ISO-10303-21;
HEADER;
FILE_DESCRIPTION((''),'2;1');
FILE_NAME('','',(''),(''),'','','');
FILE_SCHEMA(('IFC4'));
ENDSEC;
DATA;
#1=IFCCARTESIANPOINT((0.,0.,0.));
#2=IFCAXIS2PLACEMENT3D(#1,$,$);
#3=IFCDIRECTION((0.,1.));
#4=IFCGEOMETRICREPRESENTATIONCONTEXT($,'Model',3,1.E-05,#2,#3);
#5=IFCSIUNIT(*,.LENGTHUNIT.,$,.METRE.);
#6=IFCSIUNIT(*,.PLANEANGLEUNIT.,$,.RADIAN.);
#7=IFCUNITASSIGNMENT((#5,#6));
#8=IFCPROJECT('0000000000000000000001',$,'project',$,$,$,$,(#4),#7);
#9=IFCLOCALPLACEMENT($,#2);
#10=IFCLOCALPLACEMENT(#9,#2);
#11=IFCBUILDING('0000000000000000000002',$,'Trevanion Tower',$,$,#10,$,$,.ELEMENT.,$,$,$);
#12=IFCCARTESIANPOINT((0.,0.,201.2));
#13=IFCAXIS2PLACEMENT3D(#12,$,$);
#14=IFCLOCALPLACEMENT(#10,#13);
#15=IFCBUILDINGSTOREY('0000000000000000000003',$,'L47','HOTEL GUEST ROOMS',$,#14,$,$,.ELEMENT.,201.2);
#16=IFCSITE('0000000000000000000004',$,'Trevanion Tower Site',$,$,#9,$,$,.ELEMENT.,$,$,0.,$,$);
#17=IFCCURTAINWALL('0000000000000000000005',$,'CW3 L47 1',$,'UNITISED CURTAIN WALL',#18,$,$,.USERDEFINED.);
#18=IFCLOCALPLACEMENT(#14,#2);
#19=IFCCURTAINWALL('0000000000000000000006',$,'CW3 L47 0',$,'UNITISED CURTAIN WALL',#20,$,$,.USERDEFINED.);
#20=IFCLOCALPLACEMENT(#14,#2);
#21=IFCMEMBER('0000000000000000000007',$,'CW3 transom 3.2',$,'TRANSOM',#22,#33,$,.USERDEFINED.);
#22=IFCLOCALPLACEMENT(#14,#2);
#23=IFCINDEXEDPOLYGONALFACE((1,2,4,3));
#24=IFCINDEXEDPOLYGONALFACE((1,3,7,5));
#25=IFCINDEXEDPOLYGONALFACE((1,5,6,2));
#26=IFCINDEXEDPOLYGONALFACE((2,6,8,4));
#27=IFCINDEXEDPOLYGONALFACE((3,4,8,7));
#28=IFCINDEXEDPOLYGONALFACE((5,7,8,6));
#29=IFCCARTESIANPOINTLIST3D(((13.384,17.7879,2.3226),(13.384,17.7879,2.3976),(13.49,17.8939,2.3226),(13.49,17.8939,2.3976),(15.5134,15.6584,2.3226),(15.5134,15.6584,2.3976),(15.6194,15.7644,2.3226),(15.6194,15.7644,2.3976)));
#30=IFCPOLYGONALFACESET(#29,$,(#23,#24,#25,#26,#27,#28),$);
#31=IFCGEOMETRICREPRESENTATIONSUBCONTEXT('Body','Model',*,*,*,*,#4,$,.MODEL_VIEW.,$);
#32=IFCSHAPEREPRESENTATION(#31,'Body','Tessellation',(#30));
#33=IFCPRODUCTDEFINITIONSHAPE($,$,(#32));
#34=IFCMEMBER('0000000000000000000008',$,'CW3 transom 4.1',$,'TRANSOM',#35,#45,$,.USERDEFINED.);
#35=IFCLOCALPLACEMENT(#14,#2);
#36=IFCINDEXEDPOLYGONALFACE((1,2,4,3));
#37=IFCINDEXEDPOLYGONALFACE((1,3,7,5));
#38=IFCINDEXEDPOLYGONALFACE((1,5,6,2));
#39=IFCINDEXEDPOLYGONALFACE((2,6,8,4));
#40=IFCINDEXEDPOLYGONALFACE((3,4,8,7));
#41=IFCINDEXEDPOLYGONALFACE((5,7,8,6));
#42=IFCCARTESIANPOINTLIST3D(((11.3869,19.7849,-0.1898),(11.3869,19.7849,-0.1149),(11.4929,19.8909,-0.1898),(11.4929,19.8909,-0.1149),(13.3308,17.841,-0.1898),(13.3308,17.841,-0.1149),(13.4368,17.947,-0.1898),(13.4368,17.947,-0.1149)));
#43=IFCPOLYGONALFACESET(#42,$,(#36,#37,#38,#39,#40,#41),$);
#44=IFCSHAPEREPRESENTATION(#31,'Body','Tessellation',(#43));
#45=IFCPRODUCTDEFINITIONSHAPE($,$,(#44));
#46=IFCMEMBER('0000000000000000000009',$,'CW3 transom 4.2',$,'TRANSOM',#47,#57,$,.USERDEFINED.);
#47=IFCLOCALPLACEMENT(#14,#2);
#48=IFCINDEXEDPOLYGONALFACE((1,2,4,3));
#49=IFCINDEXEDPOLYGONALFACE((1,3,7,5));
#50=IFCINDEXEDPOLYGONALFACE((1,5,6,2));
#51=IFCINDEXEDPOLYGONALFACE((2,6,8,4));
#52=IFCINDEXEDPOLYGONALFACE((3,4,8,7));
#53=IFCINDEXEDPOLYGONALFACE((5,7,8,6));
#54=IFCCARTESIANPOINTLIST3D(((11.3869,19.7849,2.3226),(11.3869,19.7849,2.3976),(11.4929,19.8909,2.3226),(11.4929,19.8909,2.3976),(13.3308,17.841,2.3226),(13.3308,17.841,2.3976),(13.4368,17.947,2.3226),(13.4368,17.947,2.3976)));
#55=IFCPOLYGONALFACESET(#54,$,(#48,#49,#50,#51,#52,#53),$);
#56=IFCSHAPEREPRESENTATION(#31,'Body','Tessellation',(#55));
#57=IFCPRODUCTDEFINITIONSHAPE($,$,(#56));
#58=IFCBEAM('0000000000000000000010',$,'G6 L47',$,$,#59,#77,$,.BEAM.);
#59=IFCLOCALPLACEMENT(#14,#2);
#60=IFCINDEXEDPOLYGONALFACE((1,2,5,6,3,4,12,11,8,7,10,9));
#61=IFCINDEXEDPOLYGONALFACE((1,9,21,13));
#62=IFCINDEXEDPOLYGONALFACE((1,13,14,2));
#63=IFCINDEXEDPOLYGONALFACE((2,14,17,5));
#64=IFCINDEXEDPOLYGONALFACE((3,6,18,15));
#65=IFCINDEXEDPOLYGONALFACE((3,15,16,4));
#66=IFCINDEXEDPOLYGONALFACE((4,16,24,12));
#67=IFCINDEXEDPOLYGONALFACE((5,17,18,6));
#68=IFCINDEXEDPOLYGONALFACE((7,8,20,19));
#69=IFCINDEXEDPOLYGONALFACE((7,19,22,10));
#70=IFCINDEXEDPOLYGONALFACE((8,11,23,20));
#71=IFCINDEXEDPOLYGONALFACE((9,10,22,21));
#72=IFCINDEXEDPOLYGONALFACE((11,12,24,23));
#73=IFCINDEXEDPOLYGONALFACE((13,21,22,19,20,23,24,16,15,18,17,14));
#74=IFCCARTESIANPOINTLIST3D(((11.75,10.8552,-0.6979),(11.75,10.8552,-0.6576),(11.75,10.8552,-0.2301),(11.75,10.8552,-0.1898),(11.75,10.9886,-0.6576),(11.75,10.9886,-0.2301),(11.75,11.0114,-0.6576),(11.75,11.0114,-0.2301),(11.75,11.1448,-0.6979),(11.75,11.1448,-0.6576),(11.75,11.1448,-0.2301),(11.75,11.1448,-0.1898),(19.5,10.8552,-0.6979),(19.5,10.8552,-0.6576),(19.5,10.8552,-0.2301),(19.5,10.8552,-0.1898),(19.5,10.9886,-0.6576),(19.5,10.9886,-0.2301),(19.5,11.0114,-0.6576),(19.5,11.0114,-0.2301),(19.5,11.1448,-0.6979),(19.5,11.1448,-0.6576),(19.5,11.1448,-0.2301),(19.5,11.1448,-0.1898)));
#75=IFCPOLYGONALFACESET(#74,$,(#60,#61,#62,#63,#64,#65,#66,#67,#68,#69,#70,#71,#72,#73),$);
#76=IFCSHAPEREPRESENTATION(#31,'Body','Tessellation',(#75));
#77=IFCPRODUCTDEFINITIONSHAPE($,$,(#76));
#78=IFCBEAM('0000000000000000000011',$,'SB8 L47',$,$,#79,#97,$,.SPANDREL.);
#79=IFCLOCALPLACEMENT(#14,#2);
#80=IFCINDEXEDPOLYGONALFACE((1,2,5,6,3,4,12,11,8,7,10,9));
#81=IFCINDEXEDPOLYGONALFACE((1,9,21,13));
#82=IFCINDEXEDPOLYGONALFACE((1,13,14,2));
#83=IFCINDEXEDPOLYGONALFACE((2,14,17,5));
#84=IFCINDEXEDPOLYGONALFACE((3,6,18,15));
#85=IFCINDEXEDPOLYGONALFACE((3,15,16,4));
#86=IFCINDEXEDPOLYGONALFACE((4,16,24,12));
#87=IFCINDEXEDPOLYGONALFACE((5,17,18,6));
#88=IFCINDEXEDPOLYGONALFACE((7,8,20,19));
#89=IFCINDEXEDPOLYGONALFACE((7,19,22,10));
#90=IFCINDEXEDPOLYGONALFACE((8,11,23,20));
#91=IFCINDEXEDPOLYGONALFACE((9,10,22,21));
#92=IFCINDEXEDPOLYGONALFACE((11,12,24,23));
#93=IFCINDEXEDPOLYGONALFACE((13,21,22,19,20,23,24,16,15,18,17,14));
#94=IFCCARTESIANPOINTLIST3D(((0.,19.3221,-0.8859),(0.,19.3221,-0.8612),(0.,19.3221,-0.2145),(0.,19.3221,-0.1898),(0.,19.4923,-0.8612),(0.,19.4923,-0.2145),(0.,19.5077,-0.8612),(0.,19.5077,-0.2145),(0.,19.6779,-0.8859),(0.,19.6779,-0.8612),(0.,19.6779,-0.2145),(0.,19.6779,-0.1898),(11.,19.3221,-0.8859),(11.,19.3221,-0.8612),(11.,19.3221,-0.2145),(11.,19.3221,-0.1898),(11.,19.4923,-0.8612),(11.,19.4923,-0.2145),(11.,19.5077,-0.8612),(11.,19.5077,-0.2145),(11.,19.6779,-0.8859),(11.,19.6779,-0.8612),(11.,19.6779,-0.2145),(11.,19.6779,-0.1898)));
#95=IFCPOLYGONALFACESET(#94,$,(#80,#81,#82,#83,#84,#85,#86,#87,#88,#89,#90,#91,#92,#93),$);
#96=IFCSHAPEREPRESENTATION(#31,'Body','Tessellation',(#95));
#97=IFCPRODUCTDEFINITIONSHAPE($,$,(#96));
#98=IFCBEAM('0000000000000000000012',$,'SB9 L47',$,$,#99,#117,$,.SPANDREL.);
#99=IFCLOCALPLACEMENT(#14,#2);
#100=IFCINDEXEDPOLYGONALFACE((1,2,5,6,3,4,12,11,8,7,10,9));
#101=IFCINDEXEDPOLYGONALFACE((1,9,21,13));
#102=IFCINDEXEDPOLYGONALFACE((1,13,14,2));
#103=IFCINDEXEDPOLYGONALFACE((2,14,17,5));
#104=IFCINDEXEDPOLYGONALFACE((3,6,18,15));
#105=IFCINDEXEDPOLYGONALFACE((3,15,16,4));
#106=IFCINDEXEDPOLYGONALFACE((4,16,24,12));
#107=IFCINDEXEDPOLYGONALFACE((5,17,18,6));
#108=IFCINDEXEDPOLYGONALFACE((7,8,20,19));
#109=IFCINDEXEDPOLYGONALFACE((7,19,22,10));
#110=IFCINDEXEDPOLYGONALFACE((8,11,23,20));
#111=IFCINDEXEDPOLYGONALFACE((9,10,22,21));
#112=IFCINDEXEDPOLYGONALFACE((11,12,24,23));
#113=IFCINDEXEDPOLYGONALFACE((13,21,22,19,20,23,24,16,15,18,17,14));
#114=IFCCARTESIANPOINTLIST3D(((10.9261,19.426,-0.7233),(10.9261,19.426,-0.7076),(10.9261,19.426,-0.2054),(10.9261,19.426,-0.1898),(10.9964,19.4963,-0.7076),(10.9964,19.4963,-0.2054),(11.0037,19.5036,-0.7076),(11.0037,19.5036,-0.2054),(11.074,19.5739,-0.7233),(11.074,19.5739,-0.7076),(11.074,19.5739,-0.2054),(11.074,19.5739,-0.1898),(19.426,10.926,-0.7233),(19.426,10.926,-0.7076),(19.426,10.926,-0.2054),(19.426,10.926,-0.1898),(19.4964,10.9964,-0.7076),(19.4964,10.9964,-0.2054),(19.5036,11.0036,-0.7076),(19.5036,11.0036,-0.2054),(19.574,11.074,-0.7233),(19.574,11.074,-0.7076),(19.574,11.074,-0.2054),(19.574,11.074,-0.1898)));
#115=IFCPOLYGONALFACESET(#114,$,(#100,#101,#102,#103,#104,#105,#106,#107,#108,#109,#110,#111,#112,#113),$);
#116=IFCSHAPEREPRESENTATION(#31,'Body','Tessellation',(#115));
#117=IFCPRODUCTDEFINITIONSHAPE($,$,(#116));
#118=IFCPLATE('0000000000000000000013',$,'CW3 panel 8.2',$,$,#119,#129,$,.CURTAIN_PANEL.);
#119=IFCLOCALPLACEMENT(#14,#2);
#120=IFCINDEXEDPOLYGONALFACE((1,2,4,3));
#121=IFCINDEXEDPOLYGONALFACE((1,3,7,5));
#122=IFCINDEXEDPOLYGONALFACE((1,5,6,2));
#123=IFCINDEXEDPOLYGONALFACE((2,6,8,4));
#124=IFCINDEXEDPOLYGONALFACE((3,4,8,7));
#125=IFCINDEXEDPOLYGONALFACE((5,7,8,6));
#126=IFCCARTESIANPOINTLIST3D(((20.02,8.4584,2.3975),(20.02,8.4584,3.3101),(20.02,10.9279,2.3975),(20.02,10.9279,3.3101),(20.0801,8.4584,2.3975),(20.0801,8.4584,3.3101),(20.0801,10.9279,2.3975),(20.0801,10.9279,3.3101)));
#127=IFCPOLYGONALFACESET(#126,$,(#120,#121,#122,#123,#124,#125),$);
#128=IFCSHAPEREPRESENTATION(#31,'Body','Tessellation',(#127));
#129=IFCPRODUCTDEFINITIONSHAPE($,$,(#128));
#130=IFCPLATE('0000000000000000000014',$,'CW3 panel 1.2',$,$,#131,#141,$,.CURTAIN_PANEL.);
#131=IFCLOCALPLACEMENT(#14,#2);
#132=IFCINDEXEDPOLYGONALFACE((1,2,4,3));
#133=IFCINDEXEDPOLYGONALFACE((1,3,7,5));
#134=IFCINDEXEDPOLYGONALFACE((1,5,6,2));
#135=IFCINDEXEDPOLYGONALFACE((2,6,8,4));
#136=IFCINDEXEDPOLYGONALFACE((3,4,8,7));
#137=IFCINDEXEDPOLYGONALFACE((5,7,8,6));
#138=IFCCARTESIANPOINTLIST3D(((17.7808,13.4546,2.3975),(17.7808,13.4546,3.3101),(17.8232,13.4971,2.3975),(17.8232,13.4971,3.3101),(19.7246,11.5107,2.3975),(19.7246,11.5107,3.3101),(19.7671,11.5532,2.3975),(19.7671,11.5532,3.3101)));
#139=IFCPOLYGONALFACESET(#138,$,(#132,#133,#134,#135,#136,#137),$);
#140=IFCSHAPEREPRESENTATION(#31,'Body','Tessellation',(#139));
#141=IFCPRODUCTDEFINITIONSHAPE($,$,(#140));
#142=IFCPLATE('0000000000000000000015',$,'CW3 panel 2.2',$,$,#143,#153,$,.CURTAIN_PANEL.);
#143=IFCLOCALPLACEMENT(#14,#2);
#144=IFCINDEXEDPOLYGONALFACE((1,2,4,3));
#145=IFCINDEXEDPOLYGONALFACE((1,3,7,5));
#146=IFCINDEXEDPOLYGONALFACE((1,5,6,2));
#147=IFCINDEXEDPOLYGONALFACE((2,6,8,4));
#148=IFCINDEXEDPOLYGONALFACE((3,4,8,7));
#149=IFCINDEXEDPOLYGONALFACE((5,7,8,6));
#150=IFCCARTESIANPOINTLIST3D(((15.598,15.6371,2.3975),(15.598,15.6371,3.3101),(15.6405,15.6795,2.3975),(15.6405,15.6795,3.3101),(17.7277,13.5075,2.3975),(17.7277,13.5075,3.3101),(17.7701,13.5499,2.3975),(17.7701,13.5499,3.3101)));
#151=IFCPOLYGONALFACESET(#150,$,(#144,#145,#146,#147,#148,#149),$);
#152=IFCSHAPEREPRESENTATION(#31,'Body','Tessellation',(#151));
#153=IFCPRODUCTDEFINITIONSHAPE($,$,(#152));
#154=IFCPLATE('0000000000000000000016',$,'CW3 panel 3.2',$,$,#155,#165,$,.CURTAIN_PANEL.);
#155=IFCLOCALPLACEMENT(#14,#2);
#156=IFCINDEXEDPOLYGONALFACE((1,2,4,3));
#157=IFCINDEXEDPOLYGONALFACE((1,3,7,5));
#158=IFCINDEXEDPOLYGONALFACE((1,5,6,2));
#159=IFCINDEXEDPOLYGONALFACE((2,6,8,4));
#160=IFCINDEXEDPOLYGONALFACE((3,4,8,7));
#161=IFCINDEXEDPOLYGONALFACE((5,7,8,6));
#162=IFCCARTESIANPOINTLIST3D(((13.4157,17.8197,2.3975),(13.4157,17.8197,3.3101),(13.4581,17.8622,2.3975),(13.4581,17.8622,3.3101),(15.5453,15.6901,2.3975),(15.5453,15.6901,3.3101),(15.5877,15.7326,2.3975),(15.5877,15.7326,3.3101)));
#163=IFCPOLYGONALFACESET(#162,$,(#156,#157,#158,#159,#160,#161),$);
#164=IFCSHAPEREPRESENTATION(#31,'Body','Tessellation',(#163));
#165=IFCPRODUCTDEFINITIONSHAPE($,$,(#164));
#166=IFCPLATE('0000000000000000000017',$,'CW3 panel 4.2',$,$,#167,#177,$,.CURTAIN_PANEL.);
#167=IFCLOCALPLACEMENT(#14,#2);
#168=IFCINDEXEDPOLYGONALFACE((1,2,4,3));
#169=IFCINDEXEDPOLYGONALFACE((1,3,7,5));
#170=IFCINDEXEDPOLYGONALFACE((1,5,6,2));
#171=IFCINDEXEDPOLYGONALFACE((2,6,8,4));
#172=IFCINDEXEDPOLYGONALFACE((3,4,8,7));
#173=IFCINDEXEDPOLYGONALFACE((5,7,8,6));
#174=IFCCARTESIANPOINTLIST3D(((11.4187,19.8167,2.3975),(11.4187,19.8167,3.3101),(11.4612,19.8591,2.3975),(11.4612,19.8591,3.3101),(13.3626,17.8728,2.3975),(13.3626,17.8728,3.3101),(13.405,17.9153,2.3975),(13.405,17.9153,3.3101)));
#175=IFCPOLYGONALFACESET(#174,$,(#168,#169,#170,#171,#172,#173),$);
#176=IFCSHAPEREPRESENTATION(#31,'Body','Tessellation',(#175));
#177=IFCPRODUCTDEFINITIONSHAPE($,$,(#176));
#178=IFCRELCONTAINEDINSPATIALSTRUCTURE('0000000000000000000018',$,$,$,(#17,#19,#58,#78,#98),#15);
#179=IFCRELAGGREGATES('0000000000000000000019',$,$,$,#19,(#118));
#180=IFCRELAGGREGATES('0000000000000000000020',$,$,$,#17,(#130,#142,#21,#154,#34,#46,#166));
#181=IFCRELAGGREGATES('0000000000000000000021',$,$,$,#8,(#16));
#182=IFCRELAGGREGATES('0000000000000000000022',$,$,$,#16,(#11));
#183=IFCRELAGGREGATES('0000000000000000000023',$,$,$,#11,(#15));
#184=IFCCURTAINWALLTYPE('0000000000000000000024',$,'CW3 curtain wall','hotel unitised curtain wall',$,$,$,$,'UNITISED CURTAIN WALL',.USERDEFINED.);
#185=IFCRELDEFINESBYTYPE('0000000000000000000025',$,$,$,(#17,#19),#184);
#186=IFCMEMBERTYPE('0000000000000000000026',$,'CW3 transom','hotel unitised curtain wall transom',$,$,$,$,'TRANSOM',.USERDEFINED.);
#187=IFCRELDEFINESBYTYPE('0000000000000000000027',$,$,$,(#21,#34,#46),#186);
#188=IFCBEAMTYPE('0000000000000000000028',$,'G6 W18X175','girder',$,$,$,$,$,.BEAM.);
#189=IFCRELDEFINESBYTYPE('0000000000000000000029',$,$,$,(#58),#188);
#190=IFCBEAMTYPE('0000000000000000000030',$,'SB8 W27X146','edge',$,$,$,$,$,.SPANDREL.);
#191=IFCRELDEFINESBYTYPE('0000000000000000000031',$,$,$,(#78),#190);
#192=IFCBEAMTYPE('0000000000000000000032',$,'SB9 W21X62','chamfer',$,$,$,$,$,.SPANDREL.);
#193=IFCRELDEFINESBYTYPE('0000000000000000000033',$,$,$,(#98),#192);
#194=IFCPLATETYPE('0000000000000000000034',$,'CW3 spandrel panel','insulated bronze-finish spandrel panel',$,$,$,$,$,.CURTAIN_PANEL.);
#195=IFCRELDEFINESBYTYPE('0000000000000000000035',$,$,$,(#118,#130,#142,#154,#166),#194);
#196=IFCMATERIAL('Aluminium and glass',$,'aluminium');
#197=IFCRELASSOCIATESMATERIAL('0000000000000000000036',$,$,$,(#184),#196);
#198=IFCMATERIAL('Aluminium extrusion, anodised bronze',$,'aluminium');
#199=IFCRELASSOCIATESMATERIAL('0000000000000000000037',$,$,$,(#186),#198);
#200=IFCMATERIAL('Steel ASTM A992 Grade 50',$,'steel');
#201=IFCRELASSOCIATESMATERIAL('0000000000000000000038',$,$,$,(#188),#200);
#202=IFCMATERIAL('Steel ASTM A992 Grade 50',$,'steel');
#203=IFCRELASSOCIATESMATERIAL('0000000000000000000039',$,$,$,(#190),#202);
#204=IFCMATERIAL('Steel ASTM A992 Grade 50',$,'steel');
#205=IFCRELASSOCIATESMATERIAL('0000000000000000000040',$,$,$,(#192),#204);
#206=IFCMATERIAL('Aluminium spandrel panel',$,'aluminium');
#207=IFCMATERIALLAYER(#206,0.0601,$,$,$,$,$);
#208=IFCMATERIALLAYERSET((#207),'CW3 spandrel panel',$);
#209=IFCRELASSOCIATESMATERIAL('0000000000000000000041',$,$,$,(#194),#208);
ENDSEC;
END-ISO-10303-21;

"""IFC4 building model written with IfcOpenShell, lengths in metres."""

from ifc_helpers import new_model, si_unit, direction, frame, origin, origin_2d, place, context, subcontext, project, spatial, rectangle, i_section, extrude, material, layer, layer_set, material_profile, profile_set, type_object, element, aggregate, save


model = new_model("IFC4")

# Units and contexts
model_context = context("Model", 3, precision=1e-05, world=origin(), true_north=direction((0.0, 1.0)))
body_context = subcontext(model_context, "Body", "Model", "MODEL_VIEW")
ifc_project = project(units=[si_unit("LENGTHUNIT", "METRE"), si_unit("PLANEANGLEUNIT", "RADIAN")], contexts=[model_context])

# Site, building, storey
site_placement = place(None, origin())
site = spatial("IfcSite", under=ifc_project, at=site_placement, Name="Trevanion Tower Site", CompositionType="ELEMENT", RefElevation=0.0)
building_placement = place(site_placement, origin())
building = spatial("IfcBuilding", under=site, at=building_placement, Name="Trevanion Tower", CompositionType="ELEMENT")
storey_placement = place(building_placement, frame((0.0, 0.0, 201.2)))
storey = spatial("IfcBuildingStorey", under=building, at=storey_placement, Name="L47", Description="HOTEL GUEST ROOMS", CompositionType="ELEMENT", Elevation=201.2)

# Curtain wall
ifc_material_1 = material(Name="Aluminium and glass", Category="aluminium")
curtain_wall_type = type_object("IfcCurtainWallType", Name="CW3 curtain wall", Description="hotel unitised curtain wall", ElementType="UNITISED CURTAIN WALL", PredefinedType="USERDEFINED", material=ifc_material_1)
curtain_wall_1_placement = place(storey_placement, origin())
curtain_wall_1 = element("IfcCurtainWall", 1, at=curtain_wall_1_placement, inside=storey, type_object=curtain_wall_type, Name="CW3 L47 1", ObjectType="UNITISED CURTAIN WALL", PredefinedType="USERDEFINED")

# Curtain wall
curtain_wall_2_placement = place(storey_placement, origin())
curtain_wall_2 = element("IfcCurtainWall", 2, at=curtain_wall_2_placement, inside=storey, type_object=curtain_wall_type, Name="CW3 L47 0", ObjectType="UNITISED CURTAIN WALL", PredefinedType="USERDEFINED")

# Members
ifc_material_2 = material(Name="Aluminium extrusion, anodised bronze", Category="aluminium")
ifc_material_profile_1 = material_profile(ifc_material_2, rectangle(XDim=0.1499, YDim=0.075, at=origin_2d()), Name="CW3 transom")
ifc_profile_set_1 = profile_set([ifc_material_profile_1], Name="Aluminium extrusion, anodised bronze")
member_type_1 = type_object("IfcMemberType", Name="CW3 transom", Description="hotel unitised curtain wall transom", ElementType="TRANSOM", PredefinedType="USERDEFINED", material=ifc_profile_set_1)
member_1_placement = place(storey_placement, frame((15.5664, 15.7114, 2.3601), z_axis=(-0.707107, 0.707107, 0.0), x_axis=(-0.707107, -0.707107, 0.0)))
member_1 = element("IfcMember", 3, at=member_1_placement, type_object=member_type_1, Name="CW3 transom 3.2", ObjectType="TRANSOM", PredefinedType="USERDEFINED", context=body_context, shape_type="SweptSolid", body=[
    extrude(rectangle(XDim=0.1499, YDim=0.075, at=origin_2d()), origin(), (0.0, 0.0, 1.0), 3.0115),
])
member_2_placement = place(storey_placement, frame((13.3838, 17.894, -0.1523), z_axis=(-0.707107, 0.707107, 0.0), x_axis=(-0.707107, -0.707107, 0.0)))
member_2 = element("IfcMember", 4, at=member_2_placement, type_object=member_type_1, Name="CW3 transom 4.1", ObjectType="TRANSOM", PredefinedType="USERDEFINED", context=body_context, shape_type="SweptSolid", body=[
    extrude(rectangle(XDim=0.1499, YDim=0.075, at=origin_2d()), origin(), (0.0, 0.0, 1.0), 2.749),
])
member_3_placement = place(storey_placement, frame((13.3838, 17.894, 2.3601), z_axis=(-0.707107, 0.707107, 0.0), x_axis=(-0.707107, -0.707107, 0.0)))
member_3 = element("IfcMember", 5, at=member_3_placement, type_object=member_type_1, Name="CW3 transom 4.2", ObjectType="TRANSOM", PredefinedType="USERDEFINED", context=body_context, shape_type="SweptSolid", body=[
    extrude(rectangle(XDim=0.1499, YDim=0.075, at=origin_2d()), origin(), (0.0, 0.0, 1.0), 2.749),
])

# Beams
ifc_material_3 = material(Name="Steel ASTM A992 Grade 50", Category="steel")
ifc_material_profile_2 = material_profile(ifc_material_3, i_section(OverallWidth=0.2896, OverallDepth=0.5081, WebThickness=0.0227, FlangeThickness=0.0403, at=origin_2d()), Name="W18X175")
ifc_profile_set_2 = profile_set([ifc_material_profile_2], Name="Steel ASTM A992 Grade 50")
beam_type_1 = type_object("IfcBeamType", Name="G6 W18X175", Description="girder", PredefinedType="BEAM", material=ifc_profile_set_2)
beam_1_placement = place(storey_placement, frame((11.75, 11.0, -0.4438), z_axis=(1.0, 0.0, 0.0), x_axis=(0.0, 1.0, 0.0)))
element("IfcBeam", 6, at=beam_1_placement, inside=storey, type_object=beam_type_1, Name="G6 L47", PredefinedType="BEAM", context=body_context, shape_type="SweptSolid", body=[
    extrude(i_section(OverallWidth=0.2896, OverallDepth=0.5081, WebThickness=0.0227, FlangeThickness=0.0403, at=origin_2d()), origin(), (0.0, 0.0, 1.0), 7.75),
])
ifc_material_4 = material(Name="Steel ASTM A992 Grade 50", Category="steel")
ifc_material_profile_3 = material_profile(ifc_material_4, i_section(OverallWidth=0.3557, OverallDepth=0.696, WebThickness=0.0154, FlangeThickness=0.0247, at=origin_2d()), Name="W27X146")
ifc_profile_set_3 = profile_set([ifc_material_profile_3], Name="Steel ASTM A992 Grade 50")
beam_type_2 = type_object("IfcBeamType", Name="SB8 W27X146", Description="edge", PredefinedType="SPANDREL", material=ifc_profile_set_3)
beam_2_placement = place(storey_placement, frame((11.0, 19.5, -0.5378), z_axis=(-1.0, 0.0, 0.0), x_axis=(0.0, -1.0, 0.0)))
element("IfcBeam", 7, at=beam_2_placement, inside=storey, type_object=beam_type_2, Name="SB8 L47", PredefinedType="SPANDREL", context=body_context, shape_type="SweptSolid", body=[
    extrude(i_section(OverallWidth=0.3557, OverallDepth=0.696, WebThickness=0.0154, FlangeThickness=0.0247, at=origin_2d()), origin(), (0.0, 0.0, 1.0), 11.0),
])
ifc_material_5 = material(Name="Steel ASTM A992 Grade 50", Category="steel")
ifc_material_profile_4 = material_profile(ifc_material_5, i_section(OverallWidth=0.2092, OverallDepth=0.5334, WebThickness=0.0103, FlangeThickness=0.0156, at=origin_2d()), Name="W21X62")
ifc_profile_set_4 = profile_set([ifc_material_profile_4], Name="Steel ASTM A992 Grade 50")
beam_type_3 = type_object("IfcBeamType", Name="SB9 W21X62", Description="chamfer", PredefinedType="SPANDREL", material=ifc_profile_set_4)
beam_3_placement = place(storey_placement, frame((19.5, 11.0, -0.4565), z_axis=(-0.707107, 0.707107, 0.0), x_axis=(-0.707107, -0.707107, 0.0)))
element("IfcBeam", 8, at=beam_3_placement, inside=storey, type_object=beam_type_3, Name="SB9 L47", PredefinedType="SPANDREL", context=body_context, shape_type="SweptSolid", body=[
    extrude(i_section(OverallWidth=0.2092, OverallDepth=0.5334, WebThickness=0.0103, FlangeThickness=0.0156, at=origin_2d()), origin(), (0.0, 0.0, 1.0), 12.0208),
])

# Plates
ifc_material_6 = material(Name="Aluminium spandrel panel", Category="aluminium")
ifc_layer_1 = layer(ifc_material_6, 0.0601)
ifc_layer_set_1 = layer_set([ifc_layer_1], Name="CW3 spandrel panel")
plate_type_1 = type_object("IfcPlateType", Name="CW3 spandrel panel", Description="insulated bronze-finish spandrel panel", PredefinedType="CURTAIN_PANEL", material=ifc_layer_set_1)
plate_1_placement = place(storey_placement, frame((20.05, 9.6931, 2.3975), z_axis=(0.0, 0.0, 1.0), x_axis=(0.0, 1.0, 0.0)))
plate_1 = element("IfcPlate", 9, at=plate_1_placement, type_object=plate_type_1, Name="CW3 panel 8.2", PredefinedType="CURTAIN_PANEL", context=body_context, shape_type="SweptSolid", body=[
    extrude(rectangle(XDim=2.4695, YDim=0.0601, at=origin_2d()), origin(), (0.0, 0.0, 1.0), 0.9126),
])
aggregate(curtain_wall_2, [plate_1])
plate_2_placement = place(storey_placement, frame((18.7739, 12.5039, 2.3975), z_axis=(0.0, 0.0, 1.0), x_axis=(-0.707107, 0.707107, 0.0)))
plate_2 = element("IfcPlate", 10, at=plate_2_placement, type_object=plate_type_1, Name="CW3 panel 1.2", PredefinedType="CURTAIN_PANEL", context=body_context, shape_type="SweptSolid", body=[
    extrude(rectangle(XDim=2.749, YDim=0.0601, at=origin_2d()), origin(), (0.0, 0.0, 1.0), 0.9126),
])
plate_3_placement = place(storey_placement, frame((16.6841, 14.5935, 2.3975), z_axis=(0.0, 0.0, 1.0), x_axis=(-0.707107, 0.707107, 0.0)))
plate_3 = element("IfcPlate", 11, at=plate_3_placement, type_object=plate_type_1, Name="CW3 panel 2.2", PredefinedType="CURTAIN_PANEL", context=body_context, shape_type="SweptSolid", body=[
    extrude(rectangle(XDim=3.0117, YDim=0.0601, at=origin_2d()), origin(), (0.0, 0.0, 1.0), 0.9126),
])
plate_4_placement = place(storey_placement, frame((14.5017, 16.7761, 2.3975), z_axis=(0.0, 0.0, 1.0), x_axis=(-0.707107, 0.707107, 0.0)))
plate_4 = element("IfcPlate", 12, at=plate_4_placement, type_object=plate_type_1, Name="CW3 panel 3.2", PredefinedType="CURTAIN_PANEL", context=body_context, shape_type="SweptSolid", body=[
    extrude(rectangle(XDim=3.0117, YDim=0.0601, at=origin_2d()), origin(), (0.0, 0.0, 1.0), 0.9126),
])
plate_5_placement = place(storey_placement, frame((12.4119, 18.866, 2.3975), z_axis=(0.0, 0.0, 1.0), x_axis=(-0.707107, 0.707107, 0.0)))
plate_5 = element("IfcPlate", 13, at=plate_5_placement, type_object=plate_type_1, Name="CW3 panel 4.2", PredefinedType="CURTAIN_PANEL", context=body_context, shape_type="SweptSolid", body=[
    extrude(rectangle(XDim=2.749, YDim=0.0601, at=origin_2d()), origin(), (0.0, 0.0, 1.0), 0.9126),
])
aggregate(curtain_wall_1, [plate_2, plate_3, member_1, plate_4, member_2, member_3, plate_5])

save(model, "model.ifc")
